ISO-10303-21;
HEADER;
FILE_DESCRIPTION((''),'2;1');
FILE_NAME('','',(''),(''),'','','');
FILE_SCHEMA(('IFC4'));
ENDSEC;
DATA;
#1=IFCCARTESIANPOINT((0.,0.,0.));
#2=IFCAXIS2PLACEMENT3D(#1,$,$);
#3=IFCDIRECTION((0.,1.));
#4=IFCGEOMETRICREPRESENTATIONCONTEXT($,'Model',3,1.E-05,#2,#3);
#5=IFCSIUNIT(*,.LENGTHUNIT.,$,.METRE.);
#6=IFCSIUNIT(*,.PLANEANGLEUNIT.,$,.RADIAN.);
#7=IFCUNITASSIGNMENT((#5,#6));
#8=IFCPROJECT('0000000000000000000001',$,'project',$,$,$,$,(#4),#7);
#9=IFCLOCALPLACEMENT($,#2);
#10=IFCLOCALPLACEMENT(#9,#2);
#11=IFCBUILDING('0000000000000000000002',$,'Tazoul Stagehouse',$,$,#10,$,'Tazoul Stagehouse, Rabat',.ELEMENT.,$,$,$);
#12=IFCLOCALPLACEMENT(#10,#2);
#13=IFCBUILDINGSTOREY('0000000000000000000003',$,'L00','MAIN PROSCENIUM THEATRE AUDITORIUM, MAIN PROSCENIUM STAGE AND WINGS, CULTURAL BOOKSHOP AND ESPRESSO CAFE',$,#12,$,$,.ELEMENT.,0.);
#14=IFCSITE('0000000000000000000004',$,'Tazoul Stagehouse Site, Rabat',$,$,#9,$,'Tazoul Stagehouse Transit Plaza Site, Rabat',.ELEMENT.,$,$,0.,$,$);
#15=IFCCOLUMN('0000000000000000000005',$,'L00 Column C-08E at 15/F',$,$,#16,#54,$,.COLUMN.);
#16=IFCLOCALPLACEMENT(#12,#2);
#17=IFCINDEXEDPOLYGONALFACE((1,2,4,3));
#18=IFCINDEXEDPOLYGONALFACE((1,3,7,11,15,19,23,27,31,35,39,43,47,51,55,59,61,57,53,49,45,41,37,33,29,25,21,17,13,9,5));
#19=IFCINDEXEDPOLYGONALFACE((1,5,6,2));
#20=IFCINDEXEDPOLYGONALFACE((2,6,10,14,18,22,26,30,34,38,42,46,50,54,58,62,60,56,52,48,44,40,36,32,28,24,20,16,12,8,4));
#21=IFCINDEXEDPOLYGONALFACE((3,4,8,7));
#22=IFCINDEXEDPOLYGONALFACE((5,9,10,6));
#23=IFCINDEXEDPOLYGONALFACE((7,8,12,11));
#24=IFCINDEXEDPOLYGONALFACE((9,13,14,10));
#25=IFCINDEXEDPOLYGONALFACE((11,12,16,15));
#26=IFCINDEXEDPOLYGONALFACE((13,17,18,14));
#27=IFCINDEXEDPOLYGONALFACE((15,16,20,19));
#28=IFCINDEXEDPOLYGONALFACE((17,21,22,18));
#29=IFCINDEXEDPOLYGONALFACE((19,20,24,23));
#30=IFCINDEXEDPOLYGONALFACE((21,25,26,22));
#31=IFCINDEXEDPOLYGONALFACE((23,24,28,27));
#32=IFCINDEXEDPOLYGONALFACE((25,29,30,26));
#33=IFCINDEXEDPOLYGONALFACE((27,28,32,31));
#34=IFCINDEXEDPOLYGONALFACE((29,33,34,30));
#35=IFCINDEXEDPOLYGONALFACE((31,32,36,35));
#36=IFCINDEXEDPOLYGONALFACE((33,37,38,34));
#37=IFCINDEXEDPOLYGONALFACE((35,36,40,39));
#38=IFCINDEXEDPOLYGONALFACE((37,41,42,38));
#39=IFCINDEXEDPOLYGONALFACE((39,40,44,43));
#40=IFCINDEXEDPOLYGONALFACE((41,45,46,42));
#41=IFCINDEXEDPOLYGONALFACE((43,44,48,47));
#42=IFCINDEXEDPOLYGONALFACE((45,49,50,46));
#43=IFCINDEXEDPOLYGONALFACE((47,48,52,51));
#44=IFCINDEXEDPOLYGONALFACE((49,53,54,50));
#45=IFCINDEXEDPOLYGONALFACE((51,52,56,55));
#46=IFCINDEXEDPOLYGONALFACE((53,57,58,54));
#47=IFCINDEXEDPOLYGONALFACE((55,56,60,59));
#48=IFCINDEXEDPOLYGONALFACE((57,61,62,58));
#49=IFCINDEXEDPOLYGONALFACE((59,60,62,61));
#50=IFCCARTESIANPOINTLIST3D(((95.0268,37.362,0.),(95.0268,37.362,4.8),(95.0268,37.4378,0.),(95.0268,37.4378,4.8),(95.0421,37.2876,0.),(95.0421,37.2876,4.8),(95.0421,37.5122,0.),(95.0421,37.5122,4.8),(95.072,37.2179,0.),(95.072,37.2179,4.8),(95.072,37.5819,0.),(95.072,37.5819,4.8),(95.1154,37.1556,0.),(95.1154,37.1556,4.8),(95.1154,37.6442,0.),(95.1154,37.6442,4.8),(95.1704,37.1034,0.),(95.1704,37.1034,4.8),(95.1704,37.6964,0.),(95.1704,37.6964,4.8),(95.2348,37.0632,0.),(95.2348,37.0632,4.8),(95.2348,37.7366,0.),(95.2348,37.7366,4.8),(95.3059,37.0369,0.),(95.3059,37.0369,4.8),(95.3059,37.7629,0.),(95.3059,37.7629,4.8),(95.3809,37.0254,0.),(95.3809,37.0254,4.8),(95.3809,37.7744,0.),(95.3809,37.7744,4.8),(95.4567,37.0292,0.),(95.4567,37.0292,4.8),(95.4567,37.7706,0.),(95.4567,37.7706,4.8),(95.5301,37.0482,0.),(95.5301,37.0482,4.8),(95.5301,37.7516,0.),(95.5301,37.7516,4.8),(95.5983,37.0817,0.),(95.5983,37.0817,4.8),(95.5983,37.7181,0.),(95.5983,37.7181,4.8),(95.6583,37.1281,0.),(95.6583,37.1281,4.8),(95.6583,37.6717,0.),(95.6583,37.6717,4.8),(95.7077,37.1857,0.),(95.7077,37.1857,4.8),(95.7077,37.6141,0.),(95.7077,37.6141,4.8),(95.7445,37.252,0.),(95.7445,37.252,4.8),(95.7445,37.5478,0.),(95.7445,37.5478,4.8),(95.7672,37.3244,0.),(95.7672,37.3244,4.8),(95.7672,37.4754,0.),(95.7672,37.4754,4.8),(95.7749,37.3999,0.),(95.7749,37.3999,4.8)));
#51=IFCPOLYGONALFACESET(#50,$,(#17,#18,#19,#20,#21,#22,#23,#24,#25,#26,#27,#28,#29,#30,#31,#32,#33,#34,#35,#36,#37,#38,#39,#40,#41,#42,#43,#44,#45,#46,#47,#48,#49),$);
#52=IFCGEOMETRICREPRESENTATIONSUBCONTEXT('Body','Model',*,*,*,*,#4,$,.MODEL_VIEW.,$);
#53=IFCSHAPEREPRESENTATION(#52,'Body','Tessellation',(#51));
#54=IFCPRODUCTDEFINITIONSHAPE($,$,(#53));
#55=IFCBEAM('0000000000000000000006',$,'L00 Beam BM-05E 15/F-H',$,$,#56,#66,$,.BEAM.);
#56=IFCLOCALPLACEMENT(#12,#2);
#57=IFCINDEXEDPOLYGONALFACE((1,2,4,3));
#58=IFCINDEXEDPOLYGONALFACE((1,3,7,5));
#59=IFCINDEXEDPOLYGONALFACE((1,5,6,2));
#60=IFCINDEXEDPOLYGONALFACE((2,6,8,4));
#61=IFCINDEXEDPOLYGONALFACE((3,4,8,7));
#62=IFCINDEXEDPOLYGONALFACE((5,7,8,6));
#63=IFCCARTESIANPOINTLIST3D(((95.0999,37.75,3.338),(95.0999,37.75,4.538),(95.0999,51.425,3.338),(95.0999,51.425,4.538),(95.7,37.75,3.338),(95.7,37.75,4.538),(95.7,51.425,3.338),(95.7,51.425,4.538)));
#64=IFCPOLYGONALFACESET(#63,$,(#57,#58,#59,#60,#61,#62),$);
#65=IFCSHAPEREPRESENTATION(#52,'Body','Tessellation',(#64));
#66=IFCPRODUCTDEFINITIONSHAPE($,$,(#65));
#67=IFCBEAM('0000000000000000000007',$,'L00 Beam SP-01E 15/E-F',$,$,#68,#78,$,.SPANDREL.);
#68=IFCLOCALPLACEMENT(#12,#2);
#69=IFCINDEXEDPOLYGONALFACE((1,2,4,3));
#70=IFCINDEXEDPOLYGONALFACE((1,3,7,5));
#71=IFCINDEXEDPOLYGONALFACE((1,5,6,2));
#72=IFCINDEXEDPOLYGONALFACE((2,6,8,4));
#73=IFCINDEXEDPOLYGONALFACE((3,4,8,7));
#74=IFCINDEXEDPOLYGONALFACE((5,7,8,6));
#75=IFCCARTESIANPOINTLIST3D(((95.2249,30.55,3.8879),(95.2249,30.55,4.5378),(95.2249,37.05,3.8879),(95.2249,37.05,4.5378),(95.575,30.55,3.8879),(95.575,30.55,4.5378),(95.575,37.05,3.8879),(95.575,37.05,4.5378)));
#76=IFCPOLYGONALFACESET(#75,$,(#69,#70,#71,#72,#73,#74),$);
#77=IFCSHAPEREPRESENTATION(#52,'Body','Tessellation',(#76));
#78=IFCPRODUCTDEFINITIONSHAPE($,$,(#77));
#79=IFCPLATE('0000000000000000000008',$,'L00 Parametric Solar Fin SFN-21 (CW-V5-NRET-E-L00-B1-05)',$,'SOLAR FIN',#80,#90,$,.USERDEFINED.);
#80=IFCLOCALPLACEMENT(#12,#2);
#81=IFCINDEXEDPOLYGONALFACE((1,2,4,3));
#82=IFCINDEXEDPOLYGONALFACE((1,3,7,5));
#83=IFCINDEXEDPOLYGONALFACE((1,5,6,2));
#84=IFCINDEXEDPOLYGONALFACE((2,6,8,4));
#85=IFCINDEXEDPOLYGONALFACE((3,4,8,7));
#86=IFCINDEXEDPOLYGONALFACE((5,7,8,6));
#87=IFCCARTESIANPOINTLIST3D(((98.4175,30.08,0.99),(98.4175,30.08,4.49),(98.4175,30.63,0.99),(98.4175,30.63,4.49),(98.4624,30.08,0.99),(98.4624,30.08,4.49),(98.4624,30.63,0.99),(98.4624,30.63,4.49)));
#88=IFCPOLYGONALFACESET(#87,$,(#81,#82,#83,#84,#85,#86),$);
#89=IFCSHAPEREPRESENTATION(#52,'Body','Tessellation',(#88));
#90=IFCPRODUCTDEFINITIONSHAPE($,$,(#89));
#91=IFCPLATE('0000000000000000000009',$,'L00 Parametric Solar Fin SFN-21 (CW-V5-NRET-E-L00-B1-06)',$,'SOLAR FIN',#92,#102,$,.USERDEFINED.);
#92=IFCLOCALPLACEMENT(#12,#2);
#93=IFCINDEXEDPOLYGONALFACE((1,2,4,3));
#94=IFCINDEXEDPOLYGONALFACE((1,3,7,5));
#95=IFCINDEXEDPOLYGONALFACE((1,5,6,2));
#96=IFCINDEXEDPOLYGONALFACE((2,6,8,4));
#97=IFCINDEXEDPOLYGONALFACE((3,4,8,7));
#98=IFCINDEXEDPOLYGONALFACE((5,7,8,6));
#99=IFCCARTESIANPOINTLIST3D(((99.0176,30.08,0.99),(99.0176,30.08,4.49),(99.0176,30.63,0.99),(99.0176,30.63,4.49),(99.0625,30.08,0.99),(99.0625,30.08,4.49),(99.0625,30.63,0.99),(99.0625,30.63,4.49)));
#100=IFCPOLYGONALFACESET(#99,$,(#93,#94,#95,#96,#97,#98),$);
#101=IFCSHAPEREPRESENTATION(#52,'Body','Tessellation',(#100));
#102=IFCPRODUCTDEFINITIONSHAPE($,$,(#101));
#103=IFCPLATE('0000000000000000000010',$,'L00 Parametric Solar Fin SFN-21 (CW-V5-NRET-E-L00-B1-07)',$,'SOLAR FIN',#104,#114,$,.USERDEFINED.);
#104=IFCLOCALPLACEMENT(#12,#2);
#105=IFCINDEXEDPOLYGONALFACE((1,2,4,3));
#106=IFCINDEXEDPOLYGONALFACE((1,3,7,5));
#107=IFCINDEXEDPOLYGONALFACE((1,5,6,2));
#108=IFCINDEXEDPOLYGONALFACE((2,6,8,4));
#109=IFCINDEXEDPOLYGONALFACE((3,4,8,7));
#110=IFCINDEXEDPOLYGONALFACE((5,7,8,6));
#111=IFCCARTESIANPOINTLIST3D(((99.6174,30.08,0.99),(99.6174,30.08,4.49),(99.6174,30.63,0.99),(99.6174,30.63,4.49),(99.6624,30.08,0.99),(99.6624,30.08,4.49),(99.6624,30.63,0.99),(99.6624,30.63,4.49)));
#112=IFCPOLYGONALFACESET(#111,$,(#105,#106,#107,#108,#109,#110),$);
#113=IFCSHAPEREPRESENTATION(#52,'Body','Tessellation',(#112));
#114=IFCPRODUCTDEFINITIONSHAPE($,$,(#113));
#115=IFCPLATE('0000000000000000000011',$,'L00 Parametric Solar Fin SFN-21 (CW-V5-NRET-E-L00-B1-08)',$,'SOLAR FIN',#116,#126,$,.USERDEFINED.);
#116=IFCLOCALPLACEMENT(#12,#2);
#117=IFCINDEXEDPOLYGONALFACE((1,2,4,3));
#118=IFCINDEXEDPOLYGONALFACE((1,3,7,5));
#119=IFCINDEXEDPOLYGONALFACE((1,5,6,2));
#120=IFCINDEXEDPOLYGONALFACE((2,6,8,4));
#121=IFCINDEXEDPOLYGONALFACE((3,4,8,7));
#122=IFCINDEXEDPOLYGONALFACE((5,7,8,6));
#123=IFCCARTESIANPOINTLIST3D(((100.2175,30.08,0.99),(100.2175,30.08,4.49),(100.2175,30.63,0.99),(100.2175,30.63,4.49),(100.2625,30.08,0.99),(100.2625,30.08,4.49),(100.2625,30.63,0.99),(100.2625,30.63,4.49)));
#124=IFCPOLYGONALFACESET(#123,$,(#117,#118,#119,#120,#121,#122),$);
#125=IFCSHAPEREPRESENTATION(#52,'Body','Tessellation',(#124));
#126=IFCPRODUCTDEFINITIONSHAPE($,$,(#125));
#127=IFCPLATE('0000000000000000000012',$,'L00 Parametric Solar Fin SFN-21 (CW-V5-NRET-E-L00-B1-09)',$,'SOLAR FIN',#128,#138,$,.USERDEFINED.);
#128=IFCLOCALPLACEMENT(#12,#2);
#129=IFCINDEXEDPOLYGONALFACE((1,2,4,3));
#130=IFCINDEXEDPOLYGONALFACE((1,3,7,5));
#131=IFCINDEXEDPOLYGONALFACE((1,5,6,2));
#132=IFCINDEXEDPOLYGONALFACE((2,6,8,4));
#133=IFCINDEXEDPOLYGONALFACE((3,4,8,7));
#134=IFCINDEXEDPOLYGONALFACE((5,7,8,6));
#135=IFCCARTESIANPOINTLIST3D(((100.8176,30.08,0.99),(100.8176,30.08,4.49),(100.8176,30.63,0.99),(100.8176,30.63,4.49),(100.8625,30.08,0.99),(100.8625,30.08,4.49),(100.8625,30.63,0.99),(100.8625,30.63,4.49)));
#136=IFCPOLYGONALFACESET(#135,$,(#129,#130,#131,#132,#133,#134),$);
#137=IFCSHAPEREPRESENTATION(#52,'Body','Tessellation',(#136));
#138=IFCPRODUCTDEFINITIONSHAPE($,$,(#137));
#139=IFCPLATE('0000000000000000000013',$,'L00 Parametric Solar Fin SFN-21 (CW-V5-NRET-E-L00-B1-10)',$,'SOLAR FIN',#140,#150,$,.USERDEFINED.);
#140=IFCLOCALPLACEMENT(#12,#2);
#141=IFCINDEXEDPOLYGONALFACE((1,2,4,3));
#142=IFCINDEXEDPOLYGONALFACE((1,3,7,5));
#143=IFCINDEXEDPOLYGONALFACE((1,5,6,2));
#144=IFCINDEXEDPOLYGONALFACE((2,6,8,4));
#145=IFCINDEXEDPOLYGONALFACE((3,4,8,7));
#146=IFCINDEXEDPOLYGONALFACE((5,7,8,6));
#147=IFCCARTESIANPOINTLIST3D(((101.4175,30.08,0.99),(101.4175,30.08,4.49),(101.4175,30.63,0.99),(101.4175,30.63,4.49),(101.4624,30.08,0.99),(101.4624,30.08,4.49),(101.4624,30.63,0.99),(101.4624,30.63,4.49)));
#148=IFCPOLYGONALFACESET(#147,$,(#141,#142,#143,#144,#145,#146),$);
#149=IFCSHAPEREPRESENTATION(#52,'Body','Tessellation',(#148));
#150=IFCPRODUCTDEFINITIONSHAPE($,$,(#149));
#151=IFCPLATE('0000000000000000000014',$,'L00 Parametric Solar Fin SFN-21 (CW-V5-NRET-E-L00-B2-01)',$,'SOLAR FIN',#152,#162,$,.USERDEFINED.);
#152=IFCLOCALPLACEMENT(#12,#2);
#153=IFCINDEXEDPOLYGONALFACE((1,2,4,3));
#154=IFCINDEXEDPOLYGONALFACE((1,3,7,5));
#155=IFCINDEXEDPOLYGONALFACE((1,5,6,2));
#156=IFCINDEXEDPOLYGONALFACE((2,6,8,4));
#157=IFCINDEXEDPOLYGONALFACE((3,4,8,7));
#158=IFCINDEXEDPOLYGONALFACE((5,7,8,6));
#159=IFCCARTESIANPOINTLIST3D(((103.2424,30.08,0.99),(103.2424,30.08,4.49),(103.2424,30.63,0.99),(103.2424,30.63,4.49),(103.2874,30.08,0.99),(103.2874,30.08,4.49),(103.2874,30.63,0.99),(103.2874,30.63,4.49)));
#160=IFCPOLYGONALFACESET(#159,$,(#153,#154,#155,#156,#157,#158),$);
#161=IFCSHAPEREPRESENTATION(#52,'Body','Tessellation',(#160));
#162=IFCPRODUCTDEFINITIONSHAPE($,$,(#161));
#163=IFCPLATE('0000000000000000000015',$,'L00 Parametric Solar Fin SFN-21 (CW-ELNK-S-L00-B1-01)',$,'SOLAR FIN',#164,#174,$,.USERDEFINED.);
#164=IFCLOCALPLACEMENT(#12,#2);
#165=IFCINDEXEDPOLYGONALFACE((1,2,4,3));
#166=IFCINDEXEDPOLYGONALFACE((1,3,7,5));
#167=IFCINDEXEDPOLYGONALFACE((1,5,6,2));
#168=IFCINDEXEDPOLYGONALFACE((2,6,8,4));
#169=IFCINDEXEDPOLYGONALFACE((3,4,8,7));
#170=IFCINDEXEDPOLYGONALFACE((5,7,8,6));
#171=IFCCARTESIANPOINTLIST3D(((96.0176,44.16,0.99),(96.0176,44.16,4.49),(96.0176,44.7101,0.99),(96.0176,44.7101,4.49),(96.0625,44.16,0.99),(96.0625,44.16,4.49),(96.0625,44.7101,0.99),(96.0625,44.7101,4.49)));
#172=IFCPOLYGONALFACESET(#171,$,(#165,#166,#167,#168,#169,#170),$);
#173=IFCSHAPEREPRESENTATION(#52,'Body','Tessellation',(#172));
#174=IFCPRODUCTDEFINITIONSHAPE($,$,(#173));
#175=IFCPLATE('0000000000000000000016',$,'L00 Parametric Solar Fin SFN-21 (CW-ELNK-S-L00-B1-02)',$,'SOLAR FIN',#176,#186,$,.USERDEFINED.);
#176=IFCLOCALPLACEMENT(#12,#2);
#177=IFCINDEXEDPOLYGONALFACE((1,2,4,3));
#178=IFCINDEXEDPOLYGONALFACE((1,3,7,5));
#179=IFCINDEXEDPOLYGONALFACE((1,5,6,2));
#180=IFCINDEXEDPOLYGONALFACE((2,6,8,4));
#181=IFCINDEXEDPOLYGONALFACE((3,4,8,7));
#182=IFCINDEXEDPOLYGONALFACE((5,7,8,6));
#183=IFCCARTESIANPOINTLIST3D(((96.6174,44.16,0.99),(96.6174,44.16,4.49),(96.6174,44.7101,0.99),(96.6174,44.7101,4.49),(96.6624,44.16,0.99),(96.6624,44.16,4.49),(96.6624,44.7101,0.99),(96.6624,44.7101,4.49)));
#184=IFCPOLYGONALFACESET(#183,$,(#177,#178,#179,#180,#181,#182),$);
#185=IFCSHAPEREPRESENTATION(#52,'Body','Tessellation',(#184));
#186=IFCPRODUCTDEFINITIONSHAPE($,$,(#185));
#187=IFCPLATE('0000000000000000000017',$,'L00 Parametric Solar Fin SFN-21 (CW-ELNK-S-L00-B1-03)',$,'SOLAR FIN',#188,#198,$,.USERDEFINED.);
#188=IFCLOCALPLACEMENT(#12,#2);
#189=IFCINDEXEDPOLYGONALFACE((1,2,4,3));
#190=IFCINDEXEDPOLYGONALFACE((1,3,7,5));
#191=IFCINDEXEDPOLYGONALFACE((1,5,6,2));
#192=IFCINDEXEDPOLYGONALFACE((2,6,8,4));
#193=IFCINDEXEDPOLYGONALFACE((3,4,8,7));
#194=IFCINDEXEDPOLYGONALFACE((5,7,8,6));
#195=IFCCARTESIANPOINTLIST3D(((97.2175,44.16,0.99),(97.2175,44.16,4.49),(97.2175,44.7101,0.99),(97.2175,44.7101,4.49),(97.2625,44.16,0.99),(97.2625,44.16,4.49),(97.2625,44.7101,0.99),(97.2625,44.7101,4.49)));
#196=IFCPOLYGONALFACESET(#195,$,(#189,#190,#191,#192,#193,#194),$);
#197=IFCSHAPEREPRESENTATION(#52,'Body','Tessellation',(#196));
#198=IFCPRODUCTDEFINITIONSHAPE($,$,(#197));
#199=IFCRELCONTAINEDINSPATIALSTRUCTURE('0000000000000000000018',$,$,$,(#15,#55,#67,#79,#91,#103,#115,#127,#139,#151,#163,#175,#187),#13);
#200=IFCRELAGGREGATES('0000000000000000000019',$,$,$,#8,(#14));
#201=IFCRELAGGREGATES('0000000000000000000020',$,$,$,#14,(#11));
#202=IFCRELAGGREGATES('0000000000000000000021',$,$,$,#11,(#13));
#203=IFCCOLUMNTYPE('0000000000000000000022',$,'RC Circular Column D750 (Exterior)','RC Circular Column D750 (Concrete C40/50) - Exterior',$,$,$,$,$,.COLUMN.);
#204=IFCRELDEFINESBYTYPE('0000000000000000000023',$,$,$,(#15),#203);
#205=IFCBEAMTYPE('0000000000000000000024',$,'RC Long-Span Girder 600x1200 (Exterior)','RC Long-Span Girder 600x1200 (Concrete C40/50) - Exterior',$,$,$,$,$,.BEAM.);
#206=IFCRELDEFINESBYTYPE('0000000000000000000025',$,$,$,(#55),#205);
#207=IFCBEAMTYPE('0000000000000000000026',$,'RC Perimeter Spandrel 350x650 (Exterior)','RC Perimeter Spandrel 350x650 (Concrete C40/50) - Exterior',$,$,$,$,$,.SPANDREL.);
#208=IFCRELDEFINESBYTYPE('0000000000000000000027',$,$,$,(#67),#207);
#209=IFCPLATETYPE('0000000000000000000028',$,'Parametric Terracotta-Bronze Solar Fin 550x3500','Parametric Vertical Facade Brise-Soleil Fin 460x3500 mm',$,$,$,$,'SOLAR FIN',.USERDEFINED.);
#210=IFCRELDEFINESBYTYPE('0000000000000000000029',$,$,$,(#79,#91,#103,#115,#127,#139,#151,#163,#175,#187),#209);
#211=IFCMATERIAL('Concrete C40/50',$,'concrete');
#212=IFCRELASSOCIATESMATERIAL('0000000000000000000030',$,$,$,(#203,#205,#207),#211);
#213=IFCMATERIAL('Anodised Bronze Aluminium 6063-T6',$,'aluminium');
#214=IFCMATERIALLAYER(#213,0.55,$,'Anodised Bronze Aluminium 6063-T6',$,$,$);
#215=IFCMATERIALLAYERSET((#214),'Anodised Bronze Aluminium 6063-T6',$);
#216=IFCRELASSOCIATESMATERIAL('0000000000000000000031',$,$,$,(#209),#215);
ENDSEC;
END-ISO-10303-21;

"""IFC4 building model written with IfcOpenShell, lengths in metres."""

from ifc_helpers import new_model, si_unit, direction, frame, origin, origin_2d, place, context, subcontext, project, spatial, rectangle, circle, extrude, material, layer, layer_set, material_profile, profile_set, type_object, element, save


model = new_model("IFC4")

# Units and contexts
model_context = context("Model", 3, precision=1e-05, world=origin(), true_north=direction((0.0, 1.0)))
body_context = subcontext(model_context, "Body", "Model", "MODEL_VIEW")
ifc_project = project(units=[si_unit("LENGTHUNIT", "METRE"), si_unit("PLANEANGLEUNIT", "RADIAN")], contexts=[model_context])

# Site, building, storey
site_placement = place(None, origin())
site = spatial("IfcSite", under=ifc_project, at=site_placement, Name="Tazoul Stagehouse Site, Rabat", LongName="Tazoul Stagehouse Transit Plaza Site, Rabat", CompositionType="ELEMENT", RefElevation=0.0)
building_placement = place(site_placement, origin())
building = spatial("IfcBuilding", under=site, at=building_placement, Name="Tazoul Stagehouse", LongName="Tazoul Stagehouse, Rabat", CompositionType="ELEMENT")
storey_placement = place(building_placement, origin())
storey = spatial("IfcBuildingStorey", under=building, at=storey_placement, Name="L00", Description="MAIN PROSCENIUM THEATRE AUDITORIUM, MAIN PROSCENIUM STAGE AND WINGS, CULTURAL BOOKSHOP AND ESPRESSO CAFE", CompositionType="ELEMENT", Elevation=0.0)

# Column
ifc_material_1 = material(Name="Concrete C40/50", Category="concrete")
ifc_material_profile_1 = material_profile(ifc_material_1, circle(Radius=0.375, at=origin_2d()), Name="RC D750")
ifc_profile_set_1 = profile_set([ifc_material_profile_1], Name="Concrete C40/50")
column_type = type_object("IfcColumnType", Name="RC Circular Column D750 (Exterior)", Description="RC Circular Column D750 (Concrete C40/50) - Exterior", PredefinedType="COLUMN", material=ifc_profile_set_1)
column_placement = place(storey_placement, frame((95.3999, 37.3999, 0.0), z_axis=(0.0, 0.0, 1.0), x_axis=(1.0, 0.0, 0.0)))
element("IfcColumn", 1, at=column_placement, inside=storey, type_object=column_type, Name="L00 Column C-08E at 15/F", PredefinedType="COLUMN", context=body_context, shape_type="SweptSolid", body=[
    extrude(circle(Radius=0.375, at=origin_2d()), origin(), (0.0, 0.0, 1.0), 4.8),
])

# Beams
ifc_material_profile_2 = material_profile(ifc_material_1, rectangle(XDim=0.6001, YDim=1.2, at=origin_2d()), Name="RC 600x1200")
ifc_profile_set_2 = profile_set([ifc_material_profile_2], Name="Concrete C40/50")
beam_type_1 = type_object("IfcBeamType", Name="RC Long-Span Girder 600x1200 (Exterior)", Description="RC Long-Span Girder 600x1200 (Concrete C40/50) - Exterior", PredefinedType="BEAM", material=ifc_profile_set_2)
beam_1_placement = place(storey_placement, frame((95.3999, 37.75, 3.938), z_axis=(0.0, 1.0, 0.0), x_axis=(-1.0, 0.0, 0.0)))
element("IfcBeam", 2, at=beam_1_placement, inside=storey, type_object=beam_type_1, Name="L00 Beam BM-05E 15/F-H", PredefinedType="BEAM", context=body_context, shape_type="SweptSolid", body=[
    extrude(rectangle(XDim=0.6001, YDim=1.2, at=origin_2d()), origin(), (0.0, 0.0, 1.0), 13.675),
])
ifc_material_profile_3 = material_profile(ifc_material_1, rectangle(XDim=0.3501, YDim=0.6499, at=origin_2d()), Name="RC 350x650")
ifc_profile_set_3 = profile_set([ifc_material_profile_3], Name="Concrete C40/50")
beam_type_2 = type_object("IfcBeamType", Name="RC Perimeter Spandrel 350x650 (Exterior)", Description="RC Perimeter Spandrel 350x650 (Concrete C40/50) - Exterior", PredefinedType="SPANDREL", material=ifc_profile_set_3)
beam_2_placement = place(storey_placement, frame((95.3999, 30.55, 4.2129), z_axis=(0.0, 1.0, 0.0), x_axis=(-1.0, 0.0, 0.0)))
element("IfcBeam", 3, at=beam_2_placement, inside=storey, type_object=beam_type_2, Name="L00 Beam SP-01E 15/E-F", PredefinedType="SPANDREL", context=body_context, shape_type="SweptSolid", body=[
    extrude(rectangle(XDim=0.3501, YDim=0.6499, at=origin_2d()), origin(), (0.0, 0.0, 1.0), 6.5),
])

# Plates
ifc_material_2 = material(Name="Anodised Bronze Aluminium 6063-T6", Category="aluminium")
ifc_layer_1 = layer(ifc_material_2, 0.55, Name="Anodised Bronze Aluminium 6063-T6")
ifc_layer_set_1 = layer_set([ifc_layer_1], Name="Anodised Bronze Aluminium 6063-T6")
plate_type = type_object("IfcPlateType", Name="Parametric Terracotta-Bronze Solar Fin 550x3500", Description="Parametric Vertical Facade Brise-Soleil Fin 460x3500 mm", ElementType="SOLAR FIN", PredefinedType="USERDEFINED", material=ifc_layer_set_1)
for number, where, z_axis, x_axis, name in (
    (4, (98.4399, 30.355, 0.99), (0.0, 0.0, 1.0), (1.0, 0.0, 0.0), "L00 Parametric Solar Fin SFN-21 (CW-V5-NRET-E-L00-B1-05)"),
    (5, (99.04, 30.355, 0.99), (0.0, 0.0, 1.0), (1.0, 0.0, 0.0), "L00 Parametric Solar Fin SFN-21 (CW-V5-NRET-E-L00-B1-06)"),
    (6, (99.6399, 30.355, 0.99), (0.0, 0.0, 1.0), (1.0, 0.0, 0.0), "L00 Parametric Solar Fin SFN-21 (CW-V5-NRET-E-L00-B1-07)"),
    (7, (100.24, 30.355, 0.99), (0.0, 0.0, 1.0), (1.0, 0.0, 0.0), "L00 Parametric Solar Fin SFN-21 (CW-V5-NRET-E-L00-B1-08)"),
    (8, (100.8401, 30.355, 0.99), (0.0, 0.0, 1.0), (1.0, 0.0, 0.0), "L00 Parametric Solar Fin SFN-21 (CW-V5-NRET-E-L00-B1-09)"),
    (9, (101.4399, 30.355, 0.99), (0.0, 0.0, 1.0), (1.0, 0.0, 0.0), "L00 Parametric Solar Fin SFN-21 (CW-V5-NRET-E-L00-B1-10)"),
    (10, (103.2649, 30.355, 0.99), (0.0, 0.0, 1.0), (1.0, 0.0, 0.0), "L00 Parametric Solar Fin SFN-21 (CW-V5-NRET-E-L00-B2-01)"),
    (11, (96.04, 44.4351, 0.99), (0.0, 0.0, 1.0), (1.0, 0.0, 0.0), "L00 Parametric Solar Fin SFN-21 (CW-ELNK-S-L00-B1-01)"),
    (12, (96.6399, 44.4351, 0.99), (0.0, 0.0, 1.0), (1.0, 0.0, 0.0), "L00 Parametric Solar Fin SFN-21 (CW-ELNK-S-L00-B1-02)"),
    (13, (97.24, 44.4351, 0.99), (0.0, 0.0, 1.0), (1.0, 0.0, 0.0), "L00 Parametric Solar Fin SFN-21 (CW-ELNK-S-L00-B1-03)"),
):
    element("IfcPlate", number, at=place(storey_placement, frame(where, z_axis=z_axis, x_axis=x_axis)), inside=storey, type_object=plate_type, Name=name, ObjectType="SOLAR FIN", PredefinedType="USERDEFINED", context=body_context, shape_type="SweptSolid", body=[
        extrude(rectangle(XDim=0.0449, YDim=0.55, at=origin_2d()), origin(), (0.0, 0.0, 1.0), 3.5),
    ])

save(model, "model.ifc")
